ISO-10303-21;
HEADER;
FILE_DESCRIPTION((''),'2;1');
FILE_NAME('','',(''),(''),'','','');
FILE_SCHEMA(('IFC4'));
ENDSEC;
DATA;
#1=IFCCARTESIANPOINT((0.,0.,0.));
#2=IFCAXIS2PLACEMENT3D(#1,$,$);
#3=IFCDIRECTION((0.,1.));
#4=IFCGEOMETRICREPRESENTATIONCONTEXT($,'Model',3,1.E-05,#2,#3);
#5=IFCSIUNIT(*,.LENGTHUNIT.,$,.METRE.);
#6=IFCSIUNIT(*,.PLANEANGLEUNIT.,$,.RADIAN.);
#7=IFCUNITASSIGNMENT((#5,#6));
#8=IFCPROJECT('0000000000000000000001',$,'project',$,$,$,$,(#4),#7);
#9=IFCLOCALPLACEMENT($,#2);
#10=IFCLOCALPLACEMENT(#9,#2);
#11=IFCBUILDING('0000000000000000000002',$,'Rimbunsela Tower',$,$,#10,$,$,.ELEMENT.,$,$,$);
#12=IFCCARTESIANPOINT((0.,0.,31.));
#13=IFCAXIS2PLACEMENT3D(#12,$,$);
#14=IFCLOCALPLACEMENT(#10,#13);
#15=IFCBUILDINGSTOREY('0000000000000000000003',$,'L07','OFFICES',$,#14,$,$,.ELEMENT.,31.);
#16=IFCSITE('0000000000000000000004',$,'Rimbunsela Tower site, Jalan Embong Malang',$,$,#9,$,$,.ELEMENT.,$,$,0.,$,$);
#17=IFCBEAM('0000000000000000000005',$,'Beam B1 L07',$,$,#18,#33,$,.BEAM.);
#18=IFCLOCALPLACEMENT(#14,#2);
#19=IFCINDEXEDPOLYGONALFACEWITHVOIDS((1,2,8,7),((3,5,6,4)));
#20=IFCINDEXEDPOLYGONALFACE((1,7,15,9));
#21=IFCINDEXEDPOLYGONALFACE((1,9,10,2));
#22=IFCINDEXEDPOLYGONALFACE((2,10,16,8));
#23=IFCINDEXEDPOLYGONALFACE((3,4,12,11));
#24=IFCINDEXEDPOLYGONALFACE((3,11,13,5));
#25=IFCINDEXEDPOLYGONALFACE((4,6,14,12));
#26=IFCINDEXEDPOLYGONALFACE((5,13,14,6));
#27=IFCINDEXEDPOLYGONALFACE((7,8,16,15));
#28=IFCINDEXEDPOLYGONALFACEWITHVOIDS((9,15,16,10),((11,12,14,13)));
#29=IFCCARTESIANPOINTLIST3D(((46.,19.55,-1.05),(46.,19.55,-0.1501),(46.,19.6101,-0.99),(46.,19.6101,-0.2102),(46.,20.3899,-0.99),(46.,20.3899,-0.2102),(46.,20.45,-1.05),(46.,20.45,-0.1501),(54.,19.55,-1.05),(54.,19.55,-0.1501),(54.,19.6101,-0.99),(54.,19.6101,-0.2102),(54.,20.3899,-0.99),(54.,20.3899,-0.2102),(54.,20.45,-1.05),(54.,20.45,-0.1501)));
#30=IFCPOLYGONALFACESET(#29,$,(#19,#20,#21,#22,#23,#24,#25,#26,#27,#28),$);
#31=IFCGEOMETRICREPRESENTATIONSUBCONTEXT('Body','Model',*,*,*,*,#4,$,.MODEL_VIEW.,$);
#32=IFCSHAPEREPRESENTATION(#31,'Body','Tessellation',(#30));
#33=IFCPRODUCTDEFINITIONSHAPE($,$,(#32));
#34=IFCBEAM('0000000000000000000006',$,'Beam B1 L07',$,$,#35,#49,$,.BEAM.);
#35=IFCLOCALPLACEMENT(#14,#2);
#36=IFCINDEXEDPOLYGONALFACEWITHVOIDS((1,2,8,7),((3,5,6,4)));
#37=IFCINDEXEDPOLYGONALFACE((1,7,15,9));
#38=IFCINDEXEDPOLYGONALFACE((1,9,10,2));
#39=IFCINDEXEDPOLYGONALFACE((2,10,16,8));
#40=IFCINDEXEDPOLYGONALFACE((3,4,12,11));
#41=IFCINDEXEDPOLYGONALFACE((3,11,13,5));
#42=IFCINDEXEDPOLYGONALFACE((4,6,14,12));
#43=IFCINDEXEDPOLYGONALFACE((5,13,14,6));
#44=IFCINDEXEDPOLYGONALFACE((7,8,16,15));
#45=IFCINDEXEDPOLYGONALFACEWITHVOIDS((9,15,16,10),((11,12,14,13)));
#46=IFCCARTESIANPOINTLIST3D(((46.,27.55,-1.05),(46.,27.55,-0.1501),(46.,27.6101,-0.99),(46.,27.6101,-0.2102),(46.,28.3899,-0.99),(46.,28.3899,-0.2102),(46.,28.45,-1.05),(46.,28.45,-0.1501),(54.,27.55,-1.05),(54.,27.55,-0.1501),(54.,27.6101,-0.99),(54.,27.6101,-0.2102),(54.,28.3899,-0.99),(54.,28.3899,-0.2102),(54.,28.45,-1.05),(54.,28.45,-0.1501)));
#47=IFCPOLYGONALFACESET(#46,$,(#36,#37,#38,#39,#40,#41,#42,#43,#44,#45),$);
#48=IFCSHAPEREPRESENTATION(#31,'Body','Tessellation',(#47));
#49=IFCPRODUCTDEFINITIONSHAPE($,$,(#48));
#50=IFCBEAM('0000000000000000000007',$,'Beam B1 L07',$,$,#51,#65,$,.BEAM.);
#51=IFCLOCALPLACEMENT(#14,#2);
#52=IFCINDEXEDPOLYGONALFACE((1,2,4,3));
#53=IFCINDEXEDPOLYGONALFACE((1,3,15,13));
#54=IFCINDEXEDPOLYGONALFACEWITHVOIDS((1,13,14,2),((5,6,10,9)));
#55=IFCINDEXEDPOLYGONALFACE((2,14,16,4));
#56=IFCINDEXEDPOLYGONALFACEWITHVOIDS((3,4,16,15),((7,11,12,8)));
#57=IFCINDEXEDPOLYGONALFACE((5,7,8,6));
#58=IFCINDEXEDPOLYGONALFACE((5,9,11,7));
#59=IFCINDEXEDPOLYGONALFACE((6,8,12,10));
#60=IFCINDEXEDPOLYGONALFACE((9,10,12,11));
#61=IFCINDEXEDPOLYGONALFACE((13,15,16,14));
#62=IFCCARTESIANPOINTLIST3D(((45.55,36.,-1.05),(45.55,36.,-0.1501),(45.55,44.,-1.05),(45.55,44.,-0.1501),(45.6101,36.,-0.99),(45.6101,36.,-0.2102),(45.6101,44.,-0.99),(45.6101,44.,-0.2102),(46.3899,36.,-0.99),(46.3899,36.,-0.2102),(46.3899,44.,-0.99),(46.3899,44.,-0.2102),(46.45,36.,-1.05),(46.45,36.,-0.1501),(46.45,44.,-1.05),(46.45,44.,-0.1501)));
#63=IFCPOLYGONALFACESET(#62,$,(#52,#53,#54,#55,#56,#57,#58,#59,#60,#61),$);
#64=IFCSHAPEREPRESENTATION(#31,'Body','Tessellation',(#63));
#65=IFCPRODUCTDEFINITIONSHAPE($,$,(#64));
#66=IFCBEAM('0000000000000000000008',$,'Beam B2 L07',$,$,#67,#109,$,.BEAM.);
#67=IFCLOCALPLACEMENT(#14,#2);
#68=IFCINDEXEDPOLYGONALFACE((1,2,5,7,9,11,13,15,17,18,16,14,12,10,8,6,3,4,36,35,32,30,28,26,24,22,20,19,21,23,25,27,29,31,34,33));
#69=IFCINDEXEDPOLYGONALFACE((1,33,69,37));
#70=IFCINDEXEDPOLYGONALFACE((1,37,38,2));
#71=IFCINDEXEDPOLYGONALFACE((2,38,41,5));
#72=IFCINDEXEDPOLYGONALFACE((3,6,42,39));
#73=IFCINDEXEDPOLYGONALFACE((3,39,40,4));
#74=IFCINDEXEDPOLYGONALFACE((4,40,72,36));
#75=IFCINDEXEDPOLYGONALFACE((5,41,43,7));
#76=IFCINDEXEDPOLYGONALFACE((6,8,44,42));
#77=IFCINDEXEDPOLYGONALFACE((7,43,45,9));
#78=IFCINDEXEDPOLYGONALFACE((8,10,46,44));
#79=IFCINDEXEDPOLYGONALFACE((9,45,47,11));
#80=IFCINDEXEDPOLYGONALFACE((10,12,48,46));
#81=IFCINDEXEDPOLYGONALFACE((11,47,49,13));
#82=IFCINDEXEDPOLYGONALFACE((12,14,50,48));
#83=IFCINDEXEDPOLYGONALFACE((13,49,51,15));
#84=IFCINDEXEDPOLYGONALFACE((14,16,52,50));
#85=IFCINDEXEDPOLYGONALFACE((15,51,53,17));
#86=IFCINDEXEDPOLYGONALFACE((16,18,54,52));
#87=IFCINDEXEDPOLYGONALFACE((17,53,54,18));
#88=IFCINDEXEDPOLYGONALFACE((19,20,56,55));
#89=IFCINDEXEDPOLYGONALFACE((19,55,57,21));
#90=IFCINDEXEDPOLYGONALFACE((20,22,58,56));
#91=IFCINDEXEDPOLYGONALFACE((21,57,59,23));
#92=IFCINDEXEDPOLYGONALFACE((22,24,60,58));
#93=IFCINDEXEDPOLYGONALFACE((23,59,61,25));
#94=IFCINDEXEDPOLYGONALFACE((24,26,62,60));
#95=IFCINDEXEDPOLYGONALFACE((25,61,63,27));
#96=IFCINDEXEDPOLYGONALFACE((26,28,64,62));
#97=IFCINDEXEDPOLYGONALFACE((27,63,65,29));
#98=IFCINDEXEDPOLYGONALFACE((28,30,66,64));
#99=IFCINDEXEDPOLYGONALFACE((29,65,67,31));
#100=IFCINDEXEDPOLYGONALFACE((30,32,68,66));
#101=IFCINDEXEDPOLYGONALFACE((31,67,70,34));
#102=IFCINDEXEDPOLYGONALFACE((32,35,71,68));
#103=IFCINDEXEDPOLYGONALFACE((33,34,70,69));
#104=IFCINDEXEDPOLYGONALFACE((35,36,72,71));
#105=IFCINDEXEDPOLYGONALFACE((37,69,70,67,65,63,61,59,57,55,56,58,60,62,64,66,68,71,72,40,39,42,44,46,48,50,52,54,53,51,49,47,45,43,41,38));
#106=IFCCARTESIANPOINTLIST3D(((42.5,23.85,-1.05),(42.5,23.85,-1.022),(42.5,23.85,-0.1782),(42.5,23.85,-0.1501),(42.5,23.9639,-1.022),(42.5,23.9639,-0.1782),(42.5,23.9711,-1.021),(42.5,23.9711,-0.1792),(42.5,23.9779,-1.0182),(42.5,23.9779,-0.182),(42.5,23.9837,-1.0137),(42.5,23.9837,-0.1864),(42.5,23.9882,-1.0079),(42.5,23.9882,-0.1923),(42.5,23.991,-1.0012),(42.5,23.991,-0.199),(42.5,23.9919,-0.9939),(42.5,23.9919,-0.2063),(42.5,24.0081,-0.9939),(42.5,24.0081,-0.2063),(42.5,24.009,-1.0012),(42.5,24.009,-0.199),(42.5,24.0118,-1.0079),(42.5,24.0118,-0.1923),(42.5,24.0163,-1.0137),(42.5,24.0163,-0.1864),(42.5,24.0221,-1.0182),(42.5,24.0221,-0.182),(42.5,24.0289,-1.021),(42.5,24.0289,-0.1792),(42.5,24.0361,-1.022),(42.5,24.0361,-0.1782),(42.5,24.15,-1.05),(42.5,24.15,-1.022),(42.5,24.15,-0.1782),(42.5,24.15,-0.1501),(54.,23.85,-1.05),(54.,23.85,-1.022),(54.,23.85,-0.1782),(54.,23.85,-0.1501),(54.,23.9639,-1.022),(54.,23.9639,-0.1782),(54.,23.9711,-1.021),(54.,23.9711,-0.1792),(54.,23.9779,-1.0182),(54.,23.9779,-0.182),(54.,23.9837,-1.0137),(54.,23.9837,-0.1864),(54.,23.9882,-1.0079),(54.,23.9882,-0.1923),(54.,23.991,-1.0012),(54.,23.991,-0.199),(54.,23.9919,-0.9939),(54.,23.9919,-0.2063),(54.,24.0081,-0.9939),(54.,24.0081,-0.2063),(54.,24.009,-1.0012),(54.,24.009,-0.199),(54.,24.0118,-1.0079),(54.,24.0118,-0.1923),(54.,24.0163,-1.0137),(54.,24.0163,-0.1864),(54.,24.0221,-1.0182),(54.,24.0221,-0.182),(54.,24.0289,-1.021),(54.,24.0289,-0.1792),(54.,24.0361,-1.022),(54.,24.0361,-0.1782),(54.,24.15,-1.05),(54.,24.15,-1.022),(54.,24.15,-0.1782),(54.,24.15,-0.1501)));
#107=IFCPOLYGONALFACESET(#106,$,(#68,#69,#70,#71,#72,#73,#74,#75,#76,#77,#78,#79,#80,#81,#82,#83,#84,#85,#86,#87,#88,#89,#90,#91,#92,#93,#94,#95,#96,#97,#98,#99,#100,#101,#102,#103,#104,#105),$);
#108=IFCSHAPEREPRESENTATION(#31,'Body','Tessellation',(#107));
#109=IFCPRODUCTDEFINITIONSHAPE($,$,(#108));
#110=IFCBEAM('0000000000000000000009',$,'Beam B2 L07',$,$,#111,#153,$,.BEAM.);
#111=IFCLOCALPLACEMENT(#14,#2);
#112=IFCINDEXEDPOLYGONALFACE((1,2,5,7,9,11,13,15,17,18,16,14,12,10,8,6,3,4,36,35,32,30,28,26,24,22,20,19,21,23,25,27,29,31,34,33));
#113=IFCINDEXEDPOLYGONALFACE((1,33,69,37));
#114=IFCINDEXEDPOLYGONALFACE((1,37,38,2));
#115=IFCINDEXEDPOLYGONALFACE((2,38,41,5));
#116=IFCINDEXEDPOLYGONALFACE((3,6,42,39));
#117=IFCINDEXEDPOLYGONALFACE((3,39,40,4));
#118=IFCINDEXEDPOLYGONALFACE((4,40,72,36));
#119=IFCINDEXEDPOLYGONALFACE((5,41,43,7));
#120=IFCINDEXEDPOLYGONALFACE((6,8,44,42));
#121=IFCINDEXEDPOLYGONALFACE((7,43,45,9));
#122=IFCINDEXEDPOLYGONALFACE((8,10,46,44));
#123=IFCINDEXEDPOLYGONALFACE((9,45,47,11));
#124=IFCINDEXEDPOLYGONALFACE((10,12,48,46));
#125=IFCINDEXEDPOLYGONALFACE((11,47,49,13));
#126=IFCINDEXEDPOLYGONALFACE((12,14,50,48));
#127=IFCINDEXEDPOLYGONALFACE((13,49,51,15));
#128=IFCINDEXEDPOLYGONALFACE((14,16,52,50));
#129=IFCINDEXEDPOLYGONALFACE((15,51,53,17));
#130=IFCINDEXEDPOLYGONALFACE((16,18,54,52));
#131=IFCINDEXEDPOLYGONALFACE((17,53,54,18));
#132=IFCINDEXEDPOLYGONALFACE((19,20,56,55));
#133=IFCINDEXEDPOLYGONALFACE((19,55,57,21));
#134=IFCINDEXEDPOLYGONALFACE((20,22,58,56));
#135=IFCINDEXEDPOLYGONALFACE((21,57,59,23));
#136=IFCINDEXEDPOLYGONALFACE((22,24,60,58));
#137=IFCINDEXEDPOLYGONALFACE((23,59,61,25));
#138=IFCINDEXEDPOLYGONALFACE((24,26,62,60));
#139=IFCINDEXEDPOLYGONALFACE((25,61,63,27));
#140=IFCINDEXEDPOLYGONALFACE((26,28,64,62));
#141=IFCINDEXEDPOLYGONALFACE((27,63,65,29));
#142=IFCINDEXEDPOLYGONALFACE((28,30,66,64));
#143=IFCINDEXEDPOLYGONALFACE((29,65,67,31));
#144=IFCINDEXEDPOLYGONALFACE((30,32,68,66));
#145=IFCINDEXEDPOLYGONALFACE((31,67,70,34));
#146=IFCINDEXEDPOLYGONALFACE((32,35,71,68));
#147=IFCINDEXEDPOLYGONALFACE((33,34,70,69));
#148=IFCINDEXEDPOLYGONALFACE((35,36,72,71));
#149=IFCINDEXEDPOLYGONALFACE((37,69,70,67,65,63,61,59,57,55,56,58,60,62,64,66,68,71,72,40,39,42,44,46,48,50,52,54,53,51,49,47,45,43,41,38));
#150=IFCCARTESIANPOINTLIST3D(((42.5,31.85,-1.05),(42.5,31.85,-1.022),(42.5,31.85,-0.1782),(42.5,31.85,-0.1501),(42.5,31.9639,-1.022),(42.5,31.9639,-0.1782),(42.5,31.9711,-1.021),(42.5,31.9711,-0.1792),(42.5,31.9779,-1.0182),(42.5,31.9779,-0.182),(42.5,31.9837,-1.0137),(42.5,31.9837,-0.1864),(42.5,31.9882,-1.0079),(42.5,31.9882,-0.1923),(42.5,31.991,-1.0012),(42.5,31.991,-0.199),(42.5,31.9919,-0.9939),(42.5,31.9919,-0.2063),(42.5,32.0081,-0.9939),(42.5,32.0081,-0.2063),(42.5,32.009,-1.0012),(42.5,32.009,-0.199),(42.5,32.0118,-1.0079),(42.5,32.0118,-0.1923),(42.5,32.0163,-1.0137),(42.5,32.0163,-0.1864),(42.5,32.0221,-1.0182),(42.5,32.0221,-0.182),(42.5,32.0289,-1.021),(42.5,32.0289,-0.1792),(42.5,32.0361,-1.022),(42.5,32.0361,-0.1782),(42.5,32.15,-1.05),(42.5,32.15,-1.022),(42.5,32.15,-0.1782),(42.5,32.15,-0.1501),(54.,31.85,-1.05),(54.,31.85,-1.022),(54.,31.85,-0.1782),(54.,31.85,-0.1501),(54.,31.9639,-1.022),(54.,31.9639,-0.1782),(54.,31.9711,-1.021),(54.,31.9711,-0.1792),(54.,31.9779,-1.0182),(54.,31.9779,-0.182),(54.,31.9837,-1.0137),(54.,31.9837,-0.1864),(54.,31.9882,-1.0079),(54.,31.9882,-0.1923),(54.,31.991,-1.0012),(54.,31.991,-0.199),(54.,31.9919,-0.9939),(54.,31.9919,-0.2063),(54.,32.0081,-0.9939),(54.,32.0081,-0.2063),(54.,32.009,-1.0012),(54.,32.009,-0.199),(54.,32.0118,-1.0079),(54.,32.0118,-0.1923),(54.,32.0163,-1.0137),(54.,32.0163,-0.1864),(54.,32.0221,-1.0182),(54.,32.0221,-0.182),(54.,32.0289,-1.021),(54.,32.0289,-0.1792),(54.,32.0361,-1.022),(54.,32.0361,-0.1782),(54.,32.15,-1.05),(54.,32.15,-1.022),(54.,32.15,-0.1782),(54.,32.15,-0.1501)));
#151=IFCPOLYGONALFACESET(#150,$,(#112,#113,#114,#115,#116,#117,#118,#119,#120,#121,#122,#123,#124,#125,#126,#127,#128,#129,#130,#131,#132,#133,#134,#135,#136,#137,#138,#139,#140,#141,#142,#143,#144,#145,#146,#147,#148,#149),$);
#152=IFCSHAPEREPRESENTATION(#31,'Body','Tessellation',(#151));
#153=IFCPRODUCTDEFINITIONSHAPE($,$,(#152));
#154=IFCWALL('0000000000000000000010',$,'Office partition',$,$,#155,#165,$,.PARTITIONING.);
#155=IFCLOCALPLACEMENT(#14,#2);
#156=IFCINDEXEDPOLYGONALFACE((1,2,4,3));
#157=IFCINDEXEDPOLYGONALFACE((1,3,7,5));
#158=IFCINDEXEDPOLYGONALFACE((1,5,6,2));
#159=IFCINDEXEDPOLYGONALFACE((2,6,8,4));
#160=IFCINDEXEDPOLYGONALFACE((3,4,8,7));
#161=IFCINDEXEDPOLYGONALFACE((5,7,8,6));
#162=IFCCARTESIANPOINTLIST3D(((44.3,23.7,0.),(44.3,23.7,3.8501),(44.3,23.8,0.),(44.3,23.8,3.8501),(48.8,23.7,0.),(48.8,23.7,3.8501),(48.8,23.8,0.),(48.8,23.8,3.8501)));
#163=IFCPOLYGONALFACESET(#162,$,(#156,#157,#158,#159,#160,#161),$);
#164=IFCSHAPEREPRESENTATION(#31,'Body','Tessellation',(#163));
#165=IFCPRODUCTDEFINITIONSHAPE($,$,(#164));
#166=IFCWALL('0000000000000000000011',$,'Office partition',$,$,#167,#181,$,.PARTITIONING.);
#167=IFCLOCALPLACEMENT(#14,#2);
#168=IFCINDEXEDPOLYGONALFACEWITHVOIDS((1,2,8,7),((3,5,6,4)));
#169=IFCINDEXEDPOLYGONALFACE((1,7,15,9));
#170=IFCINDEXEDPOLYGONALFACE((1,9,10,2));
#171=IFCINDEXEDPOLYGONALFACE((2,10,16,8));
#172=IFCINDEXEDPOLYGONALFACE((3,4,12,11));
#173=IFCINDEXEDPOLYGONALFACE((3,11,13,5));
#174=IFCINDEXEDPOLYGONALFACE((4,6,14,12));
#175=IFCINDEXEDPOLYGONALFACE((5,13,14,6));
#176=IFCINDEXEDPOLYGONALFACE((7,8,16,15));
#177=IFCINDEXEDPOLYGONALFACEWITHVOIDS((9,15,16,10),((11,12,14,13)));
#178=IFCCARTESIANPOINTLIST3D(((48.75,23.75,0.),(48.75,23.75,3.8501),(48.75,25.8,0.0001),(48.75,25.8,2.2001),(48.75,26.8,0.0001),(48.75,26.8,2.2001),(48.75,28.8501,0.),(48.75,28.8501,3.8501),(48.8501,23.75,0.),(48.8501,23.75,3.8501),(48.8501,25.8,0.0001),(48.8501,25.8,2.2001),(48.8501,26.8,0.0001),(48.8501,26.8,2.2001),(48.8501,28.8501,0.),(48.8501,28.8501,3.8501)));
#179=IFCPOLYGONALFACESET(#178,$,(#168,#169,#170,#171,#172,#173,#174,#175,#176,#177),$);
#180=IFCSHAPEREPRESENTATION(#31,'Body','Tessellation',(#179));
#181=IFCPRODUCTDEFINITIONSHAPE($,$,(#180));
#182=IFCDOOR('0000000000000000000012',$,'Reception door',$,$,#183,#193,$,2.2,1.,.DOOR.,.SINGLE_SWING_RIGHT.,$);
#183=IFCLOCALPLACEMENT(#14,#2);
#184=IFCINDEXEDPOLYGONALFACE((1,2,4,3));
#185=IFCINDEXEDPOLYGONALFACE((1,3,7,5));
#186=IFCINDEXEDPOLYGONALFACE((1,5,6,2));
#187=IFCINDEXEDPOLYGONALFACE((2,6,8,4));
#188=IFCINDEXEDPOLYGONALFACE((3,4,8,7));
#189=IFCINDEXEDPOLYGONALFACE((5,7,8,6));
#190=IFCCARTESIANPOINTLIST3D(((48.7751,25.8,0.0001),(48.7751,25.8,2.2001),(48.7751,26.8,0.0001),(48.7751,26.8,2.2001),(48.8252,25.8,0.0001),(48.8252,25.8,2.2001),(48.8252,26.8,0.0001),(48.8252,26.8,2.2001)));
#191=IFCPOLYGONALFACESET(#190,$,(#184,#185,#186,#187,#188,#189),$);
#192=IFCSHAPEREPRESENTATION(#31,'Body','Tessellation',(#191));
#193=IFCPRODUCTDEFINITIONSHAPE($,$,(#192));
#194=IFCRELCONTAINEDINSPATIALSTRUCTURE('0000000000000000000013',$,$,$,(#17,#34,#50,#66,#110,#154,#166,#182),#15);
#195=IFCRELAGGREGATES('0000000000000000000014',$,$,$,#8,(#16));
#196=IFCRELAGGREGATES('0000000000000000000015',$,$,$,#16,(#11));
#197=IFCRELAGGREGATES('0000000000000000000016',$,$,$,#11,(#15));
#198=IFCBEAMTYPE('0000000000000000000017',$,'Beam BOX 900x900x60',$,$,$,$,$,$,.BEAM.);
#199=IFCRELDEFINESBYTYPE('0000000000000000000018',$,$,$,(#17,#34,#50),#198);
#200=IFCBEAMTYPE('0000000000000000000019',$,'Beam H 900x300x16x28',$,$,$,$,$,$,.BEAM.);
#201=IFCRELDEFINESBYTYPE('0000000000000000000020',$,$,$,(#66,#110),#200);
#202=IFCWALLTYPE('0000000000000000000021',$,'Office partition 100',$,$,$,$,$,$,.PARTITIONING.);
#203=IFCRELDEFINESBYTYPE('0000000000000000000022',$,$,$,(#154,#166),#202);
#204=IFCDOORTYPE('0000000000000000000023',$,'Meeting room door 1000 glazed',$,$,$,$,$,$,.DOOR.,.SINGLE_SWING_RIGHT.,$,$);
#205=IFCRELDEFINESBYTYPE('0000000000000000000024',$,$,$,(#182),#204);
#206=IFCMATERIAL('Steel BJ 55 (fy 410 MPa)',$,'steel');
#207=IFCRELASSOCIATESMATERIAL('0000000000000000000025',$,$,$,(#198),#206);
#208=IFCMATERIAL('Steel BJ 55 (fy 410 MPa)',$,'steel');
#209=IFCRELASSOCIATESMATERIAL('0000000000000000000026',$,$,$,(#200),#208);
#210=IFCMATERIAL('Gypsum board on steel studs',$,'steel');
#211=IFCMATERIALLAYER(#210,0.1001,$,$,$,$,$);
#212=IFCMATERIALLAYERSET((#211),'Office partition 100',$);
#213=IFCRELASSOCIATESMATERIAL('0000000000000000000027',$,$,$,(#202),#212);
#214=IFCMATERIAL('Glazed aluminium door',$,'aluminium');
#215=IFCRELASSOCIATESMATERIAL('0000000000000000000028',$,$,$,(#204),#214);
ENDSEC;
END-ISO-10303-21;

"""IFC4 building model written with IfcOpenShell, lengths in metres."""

from ifc_helpers import new_model, si_unit, direction, frame, frame_2d, origin, origin_2d, place, context, subcontext, project, spatial, rectangle, hollow_rectangle, i_section, extrude, material, layer, layer_set, material_profile, profile_set, type_object, element, fill, save


model = new_model("IFC4")

# Units and contexts
model_context = context("Model", 3, precision=1e-05, world=origin(), true_north=direction((0.0, 1.0)))
body_context = subcontext(model_context, "Body", "Model", "MODEL_VIEW")
ifc_project = project(units=[si_unit("LENGTHUNIT", "METRE"), si_unit("PLANEANGLEUNIT", "RADIAN")], contexts=[model_context])

# Site, building, storey
site_placement = place(None, origin())
site = spatial("IfcSite", under=ifc_project, at=site_placement, Name="Rimbunsela Tower site, Jalan Embong Malang", CompositionType="ELEMENT", RefElevation=0.0)
building_placement = place(site_placement, origin())
building = spatial("IfcBuilding", under=site, at=building_placement, Name="Rimbunsela Tower", CompositionType="ELEMENT")
storey_placement = place(building_placement, frame((0.0, 0.0, 31.0)))
storey = spatial("IfcBuildingStorey", under=building, at=storey_placement, Name="L07", Description="OFFICES", CompositionType="ELEMENT", Elevation=31.0)

# Beams
ifc_material_1 = material(Name="Steel BJ 55 (fy 410 MPa)", Category="steel")
ifc_material_profile_1 = material_profile(ifc_material_1, hollow_rectangle(XDim=0.8999, YDim=0.8999, WallThickness=0.0601, at=origin_2d()), Name="BOX 900x900x60")
ifc_profile_set_1 = profile_set([ifc_material_profile_1], Name="Steel BJ 55 (fy 410 MPa)")
beam_type_1 = type_object("IfcBeamType", Name="Beam BOX 900x900x60", PredefinedType="BEAM", material=ifc_profile_set_1)
for number, where, z_axis, x_axis, name in (
    (1, (46.0, 20.0, -0.6001), (1.0, 0.0, 0.0), (0.0, 1.0, 0.0), "Beam B1 L07"),
    (2, (46.0, 28.0, -0.6001), (1.0, 0.0, 0.0), (0.0, 1.0, 0.0), "Beam B1 L07"),
    (3, (46.0, 36.0, -0.6001), (0.0, 1.0, 0.0), (-1.0, 0.0, 0.0), "Beam B1 L07"),
):
    element("IfcBeam", number, at=place(storey_placement, frame(where, z_axis=z_axis, x_axis=x_axis)), inside=storey, type_object=beam_type_1, Name=name, PredefinedType="BEAM", context=body_context, shape_type="SweptSolid", body=[
        extrude(hollow_rectangle(XDim=0.8999, YDim=0.8999, WallThickness=0.0601, at=origin_2d()), origin(), (0.0, 0.0, 1.0), 8.0),
    ])
ifc_material_2 = material(Name="Steel BJ 55 (fy 410 MPa)", Category="steel")
ifc_material_profile_2 = material_profile(ifc_material_2, i_section(OverallWidth=0.3, OverallDepth=0.8999, WebThickness=0.0161, FlangeThickness=0.0281, FilletRadius=0.0281, at=origin_2d()), Name="H 900x300x16x28")
ifc_profile_set_2 = profile_set([ifc_material_profile_2], Name="Steel BJ 55 (fy 410 MPa)")
beam_type_2 = type_object("IfcBeamType", Name="Beam H 900x300x16x28", PredefinedType="BEAM", material=ifc_profile_set_2)
for number, where, z_axis, x_axis, name in (
    (4, (42.5, 24.0, -0.6001), (1.0, 0.0, 0.0), (0.0, 1.0, 0.0), "Beam B2 L07"),
    (5, (42.5, 32.0, -0.6001), (1.0, 0.0, 0.0), (0.0, 1.0, 0.0), "Beam B2 L07"),
):
    element("IfcBeam", number, at=place(storey_placement, frame(where, z_axis=z_axis, x_axis=x_axis)), inside=storey, type_object=beam_type_2, Name=name, PredefinedType="BEAM", context=body_context, shape_type="SweptSolid", body=[
        extrude(i_section(OverallWidth=0.3, OverallDepth=0.8999, WebThickness=0.0161, FlangeThickness=0.0281, FilletRadius=0.0281, at=origin_2d()), origin(), (0.0, 0.0, 1.0), 11.5),
    ])

# Wall
ifc_material_3 = material(Name="Gypsum board on steel studs", Category="steel")
ifc_layer_1 = layer(ifc_material_3, 0.1001)
ifc_layer_set_1 = layer_set([ifc_layer_1], Name="Office partition 100")
wall_type_1 = type_object("IfcWallType", Name="Office partition 100", PredefinedType="PARTITIONING", material=ifc_layer_set_1)
wall_1_placement = place(storey_placement, frame((44.3, 23.75, 0.0), z_axis=(0.0, 0.0, 1.0), x_axis=(1.0, 0.0, 0.0)))
element("IfcWall", 6, at=wall_1_placement, inside=storey, type_object=wall_type_1, Name="Office partition", PredefinedType="PARTITIONING", context=body_context, shape_type="SweptSolid", body=[
    extrude(rectangle(XDim=4.5, YDim=0.1001, at=frame_2d((2.25, 0.0))), origin(), (0.0, 0.0, 1.0), 3.8501),
])

# Wall, opening, door
wall_2_placement = place(storey_placement, frame((48.8, 23.75, 0.0), z_axis=(0.0, 0.0, 1.0), x_axis=(0.0, 1.0, 0.0)))
wall_2 = element("IfcWall", 7, at=wall_2_placement, inside=storey, type_object=wall_type_1, Name="Office partition", PredefinedType="PARTITIONING", context=body_context, shape_type="SweptSolid", body=[
    extrude(rectangle(XDim=5.1001, YDim=0.1001, at=frame_2d((2.55, 0.0))), origin(), (0.0, 0.0, 1.0), 3.8501),
])
opening_1_placement = place(wall_2_placement, frame((2.05, 0.0, 0.0)))
opening_1 = element("IfcOpeningElement", 8, at=opening_1_placement, cuts=wall_2, PredefinedType="OPENING", context=body_context, shape_type="SweptSolid", body=[
    extrude(rectangle(XDim=1.0, YDim=2.2, at=frame_2d((0.5, 1.1001))), frame((0.0, 0.0601, 0.0), z_axis=(0.0, -1.0, 0.0), x_axis=(1.0, 0.0, 0.0)), (0.0, 0.0, 1.0), 0.1201),
])
ifc_material_4 = material(Name="Glazed aluminium door", Category="aluminium")
door_type = type_object("IfcDoorType", Name="Meeting room door 1000 glazed", OperationType="SINGLE_SWING_RIGHT", PredefinedType="DOOR", material=ifc_material_4)
door_placement = place(opening_1_placement, origin())
door = element("IfcDoor", 9, at=door_placement, inside=storey, type_object=door_type, Name="Reception door", OperationType="SINGLE_SWING_RIGHT", OverallHeight=2.2, OverallWidth=1.0, PredefinedType="DOOR", context=body_context, shape_type="SweptSolid", body=[
    extrude(rectangle(XDim=1.0, YDim=2.2, at=frame_2d((0.5, 1.1001))), frame((0.0, 0.0249, 0.0), z_axis=(0.0, -1.0, 0.0), x_axis=(1.0, 0.0, 0.0)), (0.0, 0.0, 1.0), 0.05),
])
fill(opening_1, door)

save(model, "model.ifc")
